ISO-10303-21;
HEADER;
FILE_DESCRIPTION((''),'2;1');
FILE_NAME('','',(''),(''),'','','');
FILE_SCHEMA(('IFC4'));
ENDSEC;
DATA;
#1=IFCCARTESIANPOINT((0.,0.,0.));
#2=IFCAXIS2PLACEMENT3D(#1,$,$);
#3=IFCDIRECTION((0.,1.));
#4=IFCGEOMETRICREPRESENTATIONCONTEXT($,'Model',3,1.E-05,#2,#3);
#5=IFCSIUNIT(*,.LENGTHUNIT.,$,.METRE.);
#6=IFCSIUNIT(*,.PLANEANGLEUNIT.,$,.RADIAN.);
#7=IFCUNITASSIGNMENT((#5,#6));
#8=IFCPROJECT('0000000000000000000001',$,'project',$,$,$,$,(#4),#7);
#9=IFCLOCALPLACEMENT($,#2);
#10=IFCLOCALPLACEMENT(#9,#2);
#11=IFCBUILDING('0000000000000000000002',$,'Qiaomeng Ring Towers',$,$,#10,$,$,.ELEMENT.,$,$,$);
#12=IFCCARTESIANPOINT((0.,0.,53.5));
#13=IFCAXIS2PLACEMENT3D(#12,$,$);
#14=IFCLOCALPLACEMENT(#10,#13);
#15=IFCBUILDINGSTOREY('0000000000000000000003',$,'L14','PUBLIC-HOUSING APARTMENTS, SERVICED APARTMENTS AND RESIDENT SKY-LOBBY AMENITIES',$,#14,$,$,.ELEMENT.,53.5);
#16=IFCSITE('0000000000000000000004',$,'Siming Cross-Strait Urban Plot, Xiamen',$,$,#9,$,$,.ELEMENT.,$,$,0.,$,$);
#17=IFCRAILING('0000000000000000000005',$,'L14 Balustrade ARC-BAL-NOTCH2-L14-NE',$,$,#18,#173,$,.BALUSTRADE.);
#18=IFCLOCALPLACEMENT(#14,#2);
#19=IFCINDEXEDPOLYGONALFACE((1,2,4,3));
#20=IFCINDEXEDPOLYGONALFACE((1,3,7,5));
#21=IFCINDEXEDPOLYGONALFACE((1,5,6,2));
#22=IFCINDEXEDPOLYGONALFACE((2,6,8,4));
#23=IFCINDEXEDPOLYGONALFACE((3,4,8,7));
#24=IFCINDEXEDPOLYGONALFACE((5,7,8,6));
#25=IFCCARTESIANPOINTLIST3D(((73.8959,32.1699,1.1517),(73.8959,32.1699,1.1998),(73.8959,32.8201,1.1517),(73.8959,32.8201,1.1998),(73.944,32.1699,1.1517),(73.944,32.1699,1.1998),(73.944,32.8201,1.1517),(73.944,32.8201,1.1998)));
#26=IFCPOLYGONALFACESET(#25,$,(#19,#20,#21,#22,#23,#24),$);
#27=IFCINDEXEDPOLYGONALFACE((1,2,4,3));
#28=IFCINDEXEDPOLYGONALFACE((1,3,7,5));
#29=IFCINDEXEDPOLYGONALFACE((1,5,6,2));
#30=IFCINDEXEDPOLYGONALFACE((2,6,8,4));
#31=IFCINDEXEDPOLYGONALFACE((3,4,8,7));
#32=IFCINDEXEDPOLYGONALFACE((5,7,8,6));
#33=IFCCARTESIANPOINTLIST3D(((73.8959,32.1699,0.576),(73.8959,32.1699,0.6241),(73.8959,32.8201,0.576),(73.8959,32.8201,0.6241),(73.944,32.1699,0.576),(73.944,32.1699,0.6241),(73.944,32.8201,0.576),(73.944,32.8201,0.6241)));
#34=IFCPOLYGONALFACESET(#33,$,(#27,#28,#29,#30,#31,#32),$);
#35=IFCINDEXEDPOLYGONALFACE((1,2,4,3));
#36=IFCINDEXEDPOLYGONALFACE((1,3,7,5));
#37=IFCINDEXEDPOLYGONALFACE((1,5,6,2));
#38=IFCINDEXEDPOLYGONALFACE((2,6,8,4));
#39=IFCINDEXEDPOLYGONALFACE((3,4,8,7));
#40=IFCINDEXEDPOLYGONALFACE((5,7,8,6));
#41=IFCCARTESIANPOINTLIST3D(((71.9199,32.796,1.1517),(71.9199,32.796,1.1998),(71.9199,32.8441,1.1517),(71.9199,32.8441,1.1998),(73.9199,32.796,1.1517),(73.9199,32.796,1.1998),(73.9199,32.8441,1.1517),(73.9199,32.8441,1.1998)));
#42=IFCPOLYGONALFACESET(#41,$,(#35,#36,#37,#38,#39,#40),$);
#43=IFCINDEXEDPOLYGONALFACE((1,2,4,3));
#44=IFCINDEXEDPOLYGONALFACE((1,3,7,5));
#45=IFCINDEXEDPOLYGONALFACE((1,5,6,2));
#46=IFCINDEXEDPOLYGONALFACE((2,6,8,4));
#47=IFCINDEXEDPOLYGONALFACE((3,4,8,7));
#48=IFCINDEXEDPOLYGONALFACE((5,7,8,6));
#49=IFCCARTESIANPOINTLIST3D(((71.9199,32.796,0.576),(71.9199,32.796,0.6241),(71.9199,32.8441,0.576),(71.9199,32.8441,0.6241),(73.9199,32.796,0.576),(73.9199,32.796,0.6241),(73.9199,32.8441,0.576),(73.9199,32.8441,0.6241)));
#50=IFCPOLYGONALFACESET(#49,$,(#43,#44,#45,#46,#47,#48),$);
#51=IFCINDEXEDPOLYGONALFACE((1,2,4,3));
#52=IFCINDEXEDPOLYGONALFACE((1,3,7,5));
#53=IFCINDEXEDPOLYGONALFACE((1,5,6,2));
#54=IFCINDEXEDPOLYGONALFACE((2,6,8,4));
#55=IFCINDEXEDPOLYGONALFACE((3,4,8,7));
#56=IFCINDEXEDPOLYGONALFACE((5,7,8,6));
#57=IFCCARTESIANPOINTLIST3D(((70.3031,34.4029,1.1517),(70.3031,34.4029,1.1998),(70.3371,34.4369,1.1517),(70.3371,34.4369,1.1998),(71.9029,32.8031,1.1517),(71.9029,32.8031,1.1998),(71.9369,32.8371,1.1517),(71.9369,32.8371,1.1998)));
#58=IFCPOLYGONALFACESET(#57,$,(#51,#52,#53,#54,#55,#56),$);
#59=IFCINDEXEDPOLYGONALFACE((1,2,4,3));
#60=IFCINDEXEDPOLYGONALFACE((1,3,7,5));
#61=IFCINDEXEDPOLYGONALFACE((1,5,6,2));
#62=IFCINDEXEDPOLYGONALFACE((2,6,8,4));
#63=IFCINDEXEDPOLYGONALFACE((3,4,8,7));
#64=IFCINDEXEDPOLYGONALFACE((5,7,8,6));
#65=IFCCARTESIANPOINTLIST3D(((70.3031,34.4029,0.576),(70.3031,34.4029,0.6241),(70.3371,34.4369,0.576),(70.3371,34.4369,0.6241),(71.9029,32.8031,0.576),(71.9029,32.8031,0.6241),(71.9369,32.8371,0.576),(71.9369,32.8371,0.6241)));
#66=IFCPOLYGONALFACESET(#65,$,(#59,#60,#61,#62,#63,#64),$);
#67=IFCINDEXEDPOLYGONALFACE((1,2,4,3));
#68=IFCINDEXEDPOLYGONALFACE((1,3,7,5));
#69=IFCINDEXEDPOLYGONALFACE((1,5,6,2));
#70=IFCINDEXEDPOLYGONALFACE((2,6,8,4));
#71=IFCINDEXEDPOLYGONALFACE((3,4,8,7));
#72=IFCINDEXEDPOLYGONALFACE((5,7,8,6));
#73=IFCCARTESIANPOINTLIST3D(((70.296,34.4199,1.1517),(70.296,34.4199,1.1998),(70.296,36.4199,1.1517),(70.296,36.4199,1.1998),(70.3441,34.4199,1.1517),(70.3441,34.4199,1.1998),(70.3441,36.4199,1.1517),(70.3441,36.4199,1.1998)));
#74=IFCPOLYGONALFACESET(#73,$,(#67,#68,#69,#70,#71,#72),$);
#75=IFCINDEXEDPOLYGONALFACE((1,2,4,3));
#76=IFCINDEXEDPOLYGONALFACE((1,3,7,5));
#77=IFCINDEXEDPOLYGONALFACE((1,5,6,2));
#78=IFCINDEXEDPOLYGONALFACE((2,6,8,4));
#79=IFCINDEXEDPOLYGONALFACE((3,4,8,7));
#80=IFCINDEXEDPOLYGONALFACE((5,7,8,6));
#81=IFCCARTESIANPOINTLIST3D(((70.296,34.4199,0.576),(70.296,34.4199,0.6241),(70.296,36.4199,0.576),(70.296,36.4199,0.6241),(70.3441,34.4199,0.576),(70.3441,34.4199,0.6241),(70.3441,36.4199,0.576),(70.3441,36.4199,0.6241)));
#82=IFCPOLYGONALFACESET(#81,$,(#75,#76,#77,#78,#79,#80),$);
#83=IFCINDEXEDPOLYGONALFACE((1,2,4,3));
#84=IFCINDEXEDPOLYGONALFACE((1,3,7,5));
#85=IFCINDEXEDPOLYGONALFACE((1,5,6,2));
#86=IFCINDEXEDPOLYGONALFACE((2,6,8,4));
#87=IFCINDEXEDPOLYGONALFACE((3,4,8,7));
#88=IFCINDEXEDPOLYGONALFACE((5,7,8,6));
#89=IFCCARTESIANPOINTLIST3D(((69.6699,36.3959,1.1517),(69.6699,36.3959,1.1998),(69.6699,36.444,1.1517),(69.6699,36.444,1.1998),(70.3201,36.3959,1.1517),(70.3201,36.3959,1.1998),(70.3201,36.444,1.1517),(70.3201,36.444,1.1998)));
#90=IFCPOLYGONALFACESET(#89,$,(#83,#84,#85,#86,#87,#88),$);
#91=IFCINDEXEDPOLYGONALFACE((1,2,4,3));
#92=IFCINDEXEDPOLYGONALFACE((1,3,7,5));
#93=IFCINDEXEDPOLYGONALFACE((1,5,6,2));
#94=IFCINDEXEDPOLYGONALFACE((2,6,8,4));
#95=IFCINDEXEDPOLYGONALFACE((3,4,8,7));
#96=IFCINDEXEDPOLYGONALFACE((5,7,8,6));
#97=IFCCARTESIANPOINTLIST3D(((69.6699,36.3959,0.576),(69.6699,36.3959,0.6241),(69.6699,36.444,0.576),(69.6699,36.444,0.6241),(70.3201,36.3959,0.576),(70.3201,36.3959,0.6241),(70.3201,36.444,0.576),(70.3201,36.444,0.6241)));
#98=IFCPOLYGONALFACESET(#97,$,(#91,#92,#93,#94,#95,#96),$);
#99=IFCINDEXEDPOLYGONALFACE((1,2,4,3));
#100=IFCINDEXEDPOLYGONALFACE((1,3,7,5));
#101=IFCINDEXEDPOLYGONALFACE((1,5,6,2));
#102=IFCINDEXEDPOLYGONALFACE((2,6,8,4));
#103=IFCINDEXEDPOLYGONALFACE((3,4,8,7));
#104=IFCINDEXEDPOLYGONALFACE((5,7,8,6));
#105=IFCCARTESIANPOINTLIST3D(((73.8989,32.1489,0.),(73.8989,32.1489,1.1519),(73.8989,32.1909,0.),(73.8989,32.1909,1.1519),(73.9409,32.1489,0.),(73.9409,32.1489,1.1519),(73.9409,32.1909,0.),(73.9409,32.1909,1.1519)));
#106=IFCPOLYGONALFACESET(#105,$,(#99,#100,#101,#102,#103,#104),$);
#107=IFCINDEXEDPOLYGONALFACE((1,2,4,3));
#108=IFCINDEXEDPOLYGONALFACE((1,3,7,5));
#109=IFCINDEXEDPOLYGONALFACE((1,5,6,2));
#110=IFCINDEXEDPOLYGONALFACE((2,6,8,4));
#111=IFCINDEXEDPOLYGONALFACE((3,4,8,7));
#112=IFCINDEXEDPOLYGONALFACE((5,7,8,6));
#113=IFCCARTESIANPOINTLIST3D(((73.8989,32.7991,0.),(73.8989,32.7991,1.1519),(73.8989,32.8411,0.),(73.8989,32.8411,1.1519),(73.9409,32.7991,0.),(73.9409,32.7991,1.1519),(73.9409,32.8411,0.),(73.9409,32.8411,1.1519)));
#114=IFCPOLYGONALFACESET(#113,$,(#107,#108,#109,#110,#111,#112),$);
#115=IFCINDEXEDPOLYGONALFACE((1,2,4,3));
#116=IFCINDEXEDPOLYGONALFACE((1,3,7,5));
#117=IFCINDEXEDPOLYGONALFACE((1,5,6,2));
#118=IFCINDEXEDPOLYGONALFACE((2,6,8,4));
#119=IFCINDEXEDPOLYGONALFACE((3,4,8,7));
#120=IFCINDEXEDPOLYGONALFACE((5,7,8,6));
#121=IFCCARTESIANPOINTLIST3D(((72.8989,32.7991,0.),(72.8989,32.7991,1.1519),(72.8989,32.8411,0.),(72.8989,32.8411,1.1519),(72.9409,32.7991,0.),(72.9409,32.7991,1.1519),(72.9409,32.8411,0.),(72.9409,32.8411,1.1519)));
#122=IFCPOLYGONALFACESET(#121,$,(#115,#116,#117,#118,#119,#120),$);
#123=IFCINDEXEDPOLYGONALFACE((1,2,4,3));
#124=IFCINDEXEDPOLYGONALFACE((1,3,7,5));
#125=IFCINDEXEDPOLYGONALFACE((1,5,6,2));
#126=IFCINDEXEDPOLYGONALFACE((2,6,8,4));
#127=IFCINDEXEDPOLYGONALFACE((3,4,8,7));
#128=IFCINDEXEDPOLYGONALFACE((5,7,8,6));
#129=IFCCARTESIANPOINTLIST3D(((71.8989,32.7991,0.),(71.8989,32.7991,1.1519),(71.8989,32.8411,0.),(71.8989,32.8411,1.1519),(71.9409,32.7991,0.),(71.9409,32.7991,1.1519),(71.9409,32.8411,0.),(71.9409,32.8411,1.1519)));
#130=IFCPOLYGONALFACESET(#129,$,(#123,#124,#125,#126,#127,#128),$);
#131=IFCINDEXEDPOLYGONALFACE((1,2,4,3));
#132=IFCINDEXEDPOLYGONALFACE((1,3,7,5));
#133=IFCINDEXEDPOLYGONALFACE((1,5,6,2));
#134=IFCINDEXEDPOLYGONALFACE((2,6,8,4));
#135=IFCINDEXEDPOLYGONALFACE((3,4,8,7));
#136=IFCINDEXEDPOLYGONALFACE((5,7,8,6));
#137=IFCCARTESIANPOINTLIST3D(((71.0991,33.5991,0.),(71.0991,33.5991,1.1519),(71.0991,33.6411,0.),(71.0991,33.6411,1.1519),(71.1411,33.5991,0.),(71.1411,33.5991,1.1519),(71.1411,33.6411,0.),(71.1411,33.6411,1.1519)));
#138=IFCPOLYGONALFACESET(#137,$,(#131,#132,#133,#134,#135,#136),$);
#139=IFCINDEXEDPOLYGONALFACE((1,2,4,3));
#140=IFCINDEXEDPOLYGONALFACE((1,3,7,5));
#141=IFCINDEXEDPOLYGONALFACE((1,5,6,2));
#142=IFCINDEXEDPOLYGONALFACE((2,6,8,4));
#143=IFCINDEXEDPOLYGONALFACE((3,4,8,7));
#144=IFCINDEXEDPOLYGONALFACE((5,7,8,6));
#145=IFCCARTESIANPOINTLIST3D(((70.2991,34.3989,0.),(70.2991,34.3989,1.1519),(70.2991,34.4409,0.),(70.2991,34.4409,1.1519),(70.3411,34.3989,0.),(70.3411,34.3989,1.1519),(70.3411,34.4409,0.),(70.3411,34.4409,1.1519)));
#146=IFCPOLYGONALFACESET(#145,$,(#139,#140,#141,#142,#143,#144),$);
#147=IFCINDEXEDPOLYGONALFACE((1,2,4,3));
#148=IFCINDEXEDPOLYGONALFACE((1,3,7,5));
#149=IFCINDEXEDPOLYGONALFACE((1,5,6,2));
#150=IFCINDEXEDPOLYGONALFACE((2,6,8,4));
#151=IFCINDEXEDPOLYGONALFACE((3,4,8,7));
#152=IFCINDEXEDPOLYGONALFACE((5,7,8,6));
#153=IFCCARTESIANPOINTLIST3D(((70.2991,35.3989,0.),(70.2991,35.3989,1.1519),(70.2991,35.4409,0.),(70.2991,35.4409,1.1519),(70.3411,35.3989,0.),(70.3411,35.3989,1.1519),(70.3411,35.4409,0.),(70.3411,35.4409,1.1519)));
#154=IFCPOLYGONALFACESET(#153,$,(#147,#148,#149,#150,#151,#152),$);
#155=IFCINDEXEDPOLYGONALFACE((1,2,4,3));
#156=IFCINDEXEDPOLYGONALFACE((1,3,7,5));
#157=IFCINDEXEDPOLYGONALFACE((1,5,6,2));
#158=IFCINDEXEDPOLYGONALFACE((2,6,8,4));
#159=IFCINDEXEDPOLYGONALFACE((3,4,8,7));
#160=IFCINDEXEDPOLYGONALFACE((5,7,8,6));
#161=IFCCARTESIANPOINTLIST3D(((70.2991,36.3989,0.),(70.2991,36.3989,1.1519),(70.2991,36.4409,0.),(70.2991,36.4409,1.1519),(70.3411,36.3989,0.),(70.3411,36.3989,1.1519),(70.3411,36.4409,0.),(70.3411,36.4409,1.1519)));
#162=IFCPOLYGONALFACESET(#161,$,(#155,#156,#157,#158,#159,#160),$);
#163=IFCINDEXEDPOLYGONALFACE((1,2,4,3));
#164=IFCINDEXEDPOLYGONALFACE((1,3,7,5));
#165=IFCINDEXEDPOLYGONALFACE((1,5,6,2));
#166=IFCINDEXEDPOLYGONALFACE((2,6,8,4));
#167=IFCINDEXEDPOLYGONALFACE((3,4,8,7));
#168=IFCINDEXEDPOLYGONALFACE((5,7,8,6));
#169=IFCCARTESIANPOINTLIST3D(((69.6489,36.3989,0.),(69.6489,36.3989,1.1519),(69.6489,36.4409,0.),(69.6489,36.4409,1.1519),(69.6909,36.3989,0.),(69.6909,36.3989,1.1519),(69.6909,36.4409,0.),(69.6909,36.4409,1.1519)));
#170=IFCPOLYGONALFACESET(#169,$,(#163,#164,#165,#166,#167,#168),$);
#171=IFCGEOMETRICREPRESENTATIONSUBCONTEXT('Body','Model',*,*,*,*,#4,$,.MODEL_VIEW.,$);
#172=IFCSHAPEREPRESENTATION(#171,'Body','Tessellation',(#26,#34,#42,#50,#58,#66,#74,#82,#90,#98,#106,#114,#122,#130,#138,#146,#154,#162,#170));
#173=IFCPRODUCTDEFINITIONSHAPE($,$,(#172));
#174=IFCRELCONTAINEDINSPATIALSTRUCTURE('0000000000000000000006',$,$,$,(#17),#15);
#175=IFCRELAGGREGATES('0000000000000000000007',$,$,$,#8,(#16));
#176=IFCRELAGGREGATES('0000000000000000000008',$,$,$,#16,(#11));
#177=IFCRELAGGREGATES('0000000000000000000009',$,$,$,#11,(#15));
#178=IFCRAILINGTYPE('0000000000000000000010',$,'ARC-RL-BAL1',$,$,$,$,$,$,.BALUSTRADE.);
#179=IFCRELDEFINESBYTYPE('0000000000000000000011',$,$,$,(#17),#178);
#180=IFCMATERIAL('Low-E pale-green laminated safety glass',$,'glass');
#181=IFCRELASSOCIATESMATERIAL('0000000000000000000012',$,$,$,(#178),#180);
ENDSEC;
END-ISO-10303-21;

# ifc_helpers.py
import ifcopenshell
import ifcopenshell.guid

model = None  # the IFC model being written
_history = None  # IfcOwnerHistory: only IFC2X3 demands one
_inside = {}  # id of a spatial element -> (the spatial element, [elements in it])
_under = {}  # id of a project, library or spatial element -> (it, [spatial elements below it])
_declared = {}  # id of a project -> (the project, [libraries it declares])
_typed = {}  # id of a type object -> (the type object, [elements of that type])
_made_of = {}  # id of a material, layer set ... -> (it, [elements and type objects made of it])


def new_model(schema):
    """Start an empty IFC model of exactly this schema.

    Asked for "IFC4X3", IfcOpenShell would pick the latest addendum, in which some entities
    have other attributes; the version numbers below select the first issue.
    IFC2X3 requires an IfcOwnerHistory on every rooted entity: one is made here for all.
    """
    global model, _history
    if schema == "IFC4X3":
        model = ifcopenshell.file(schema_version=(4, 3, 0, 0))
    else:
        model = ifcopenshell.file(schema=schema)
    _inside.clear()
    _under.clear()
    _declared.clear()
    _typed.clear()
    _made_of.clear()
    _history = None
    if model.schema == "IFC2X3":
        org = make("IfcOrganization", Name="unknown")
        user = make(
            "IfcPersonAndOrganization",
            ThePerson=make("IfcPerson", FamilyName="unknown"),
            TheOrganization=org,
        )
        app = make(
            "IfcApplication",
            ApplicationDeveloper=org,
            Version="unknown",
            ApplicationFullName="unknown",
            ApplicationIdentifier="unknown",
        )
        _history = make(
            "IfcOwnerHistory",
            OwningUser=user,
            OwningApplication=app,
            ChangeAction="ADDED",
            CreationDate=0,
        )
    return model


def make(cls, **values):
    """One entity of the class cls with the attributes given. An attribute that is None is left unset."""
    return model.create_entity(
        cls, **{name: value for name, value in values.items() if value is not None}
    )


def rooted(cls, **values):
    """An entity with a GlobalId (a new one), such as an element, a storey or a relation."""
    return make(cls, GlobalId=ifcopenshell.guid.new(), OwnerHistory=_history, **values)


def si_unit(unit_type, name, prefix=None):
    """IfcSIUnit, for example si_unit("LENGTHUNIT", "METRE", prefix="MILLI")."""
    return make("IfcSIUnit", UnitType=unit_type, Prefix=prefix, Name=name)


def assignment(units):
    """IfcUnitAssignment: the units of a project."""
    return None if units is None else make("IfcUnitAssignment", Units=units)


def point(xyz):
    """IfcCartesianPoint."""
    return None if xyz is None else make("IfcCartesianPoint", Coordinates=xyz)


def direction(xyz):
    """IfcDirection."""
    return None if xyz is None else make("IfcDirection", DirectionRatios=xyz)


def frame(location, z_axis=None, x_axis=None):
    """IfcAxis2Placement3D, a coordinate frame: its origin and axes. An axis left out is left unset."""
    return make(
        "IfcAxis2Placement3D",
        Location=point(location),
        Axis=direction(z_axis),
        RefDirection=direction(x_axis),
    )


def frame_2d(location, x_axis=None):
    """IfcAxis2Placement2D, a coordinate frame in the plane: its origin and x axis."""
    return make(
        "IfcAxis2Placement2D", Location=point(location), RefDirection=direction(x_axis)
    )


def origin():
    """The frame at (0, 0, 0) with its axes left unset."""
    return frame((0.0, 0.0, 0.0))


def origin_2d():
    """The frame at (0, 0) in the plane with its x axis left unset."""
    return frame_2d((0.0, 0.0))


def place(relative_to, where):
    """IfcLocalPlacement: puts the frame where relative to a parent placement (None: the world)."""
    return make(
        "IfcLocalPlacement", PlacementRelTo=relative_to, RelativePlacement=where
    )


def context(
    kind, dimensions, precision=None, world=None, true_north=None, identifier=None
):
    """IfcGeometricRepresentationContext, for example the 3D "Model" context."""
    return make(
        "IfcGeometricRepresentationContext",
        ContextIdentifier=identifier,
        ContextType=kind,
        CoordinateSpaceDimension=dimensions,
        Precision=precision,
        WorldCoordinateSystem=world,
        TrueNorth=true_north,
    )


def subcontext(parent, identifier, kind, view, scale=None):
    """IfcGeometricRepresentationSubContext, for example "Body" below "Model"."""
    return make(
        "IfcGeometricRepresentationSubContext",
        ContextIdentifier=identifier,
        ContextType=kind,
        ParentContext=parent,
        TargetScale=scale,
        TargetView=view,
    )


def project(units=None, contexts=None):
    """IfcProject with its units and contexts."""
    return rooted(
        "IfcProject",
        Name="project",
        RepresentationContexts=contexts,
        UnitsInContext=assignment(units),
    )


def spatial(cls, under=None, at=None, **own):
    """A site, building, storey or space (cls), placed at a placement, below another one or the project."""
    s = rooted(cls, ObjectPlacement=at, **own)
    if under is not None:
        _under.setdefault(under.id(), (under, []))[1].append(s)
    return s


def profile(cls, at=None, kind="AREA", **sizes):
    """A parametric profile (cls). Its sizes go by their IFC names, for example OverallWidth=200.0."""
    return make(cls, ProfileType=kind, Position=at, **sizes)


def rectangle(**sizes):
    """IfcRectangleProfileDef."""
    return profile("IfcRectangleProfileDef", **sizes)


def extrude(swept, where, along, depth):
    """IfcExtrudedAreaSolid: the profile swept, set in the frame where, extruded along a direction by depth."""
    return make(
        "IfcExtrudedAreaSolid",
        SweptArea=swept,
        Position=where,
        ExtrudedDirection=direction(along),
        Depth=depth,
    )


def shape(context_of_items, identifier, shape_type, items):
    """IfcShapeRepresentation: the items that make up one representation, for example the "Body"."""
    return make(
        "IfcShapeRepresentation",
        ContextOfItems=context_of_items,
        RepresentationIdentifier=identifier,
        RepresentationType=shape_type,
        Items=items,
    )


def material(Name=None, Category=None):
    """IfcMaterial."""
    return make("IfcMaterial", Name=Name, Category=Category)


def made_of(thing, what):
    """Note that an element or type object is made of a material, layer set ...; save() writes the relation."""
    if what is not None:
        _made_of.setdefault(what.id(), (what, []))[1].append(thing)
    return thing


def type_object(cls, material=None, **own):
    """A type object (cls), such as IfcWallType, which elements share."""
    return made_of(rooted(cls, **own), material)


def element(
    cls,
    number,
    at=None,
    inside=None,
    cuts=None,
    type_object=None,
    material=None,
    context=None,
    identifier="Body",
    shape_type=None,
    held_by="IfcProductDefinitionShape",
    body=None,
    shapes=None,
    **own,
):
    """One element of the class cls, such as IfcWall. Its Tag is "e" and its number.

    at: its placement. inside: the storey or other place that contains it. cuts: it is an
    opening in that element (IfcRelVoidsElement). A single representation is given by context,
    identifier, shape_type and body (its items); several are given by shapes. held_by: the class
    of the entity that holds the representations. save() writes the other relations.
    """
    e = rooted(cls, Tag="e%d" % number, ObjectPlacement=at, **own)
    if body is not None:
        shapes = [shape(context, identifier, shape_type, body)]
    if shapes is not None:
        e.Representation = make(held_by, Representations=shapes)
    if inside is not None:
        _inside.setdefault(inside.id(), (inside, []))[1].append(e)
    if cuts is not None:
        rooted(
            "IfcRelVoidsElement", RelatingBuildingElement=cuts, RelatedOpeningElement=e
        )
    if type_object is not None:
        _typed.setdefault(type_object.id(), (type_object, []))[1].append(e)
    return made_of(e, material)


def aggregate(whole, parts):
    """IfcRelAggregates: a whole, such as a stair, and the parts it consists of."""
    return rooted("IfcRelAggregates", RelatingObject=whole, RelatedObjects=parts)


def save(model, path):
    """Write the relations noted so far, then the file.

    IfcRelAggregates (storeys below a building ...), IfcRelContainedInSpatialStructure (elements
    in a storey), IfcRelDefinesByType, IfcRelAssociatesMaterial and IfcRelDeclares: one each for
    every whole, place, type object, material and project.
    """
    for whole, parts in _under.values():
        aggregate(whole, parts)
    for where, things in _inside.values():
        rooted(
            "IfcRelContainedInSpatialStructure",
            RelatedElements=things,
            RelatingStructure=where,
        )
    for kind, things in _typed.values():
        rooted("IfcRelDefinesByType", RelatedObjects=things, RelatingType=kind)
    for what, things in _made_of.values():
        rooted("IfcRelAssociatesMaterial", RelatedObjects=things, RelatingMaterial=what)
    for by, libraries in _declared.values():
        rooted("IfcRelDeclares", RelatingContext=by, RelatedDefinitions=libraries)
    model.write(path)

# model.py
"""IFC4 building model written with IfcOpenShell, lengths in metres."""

from ifc_helpers import new_model, si_unit, direction, frame, origin, origin_2d, place, context, subcontext, project, spatial, rectangle, extrude, material, type_object, element, save


model = new_model("IFC4")

# Units and contexts
model_context = context("Model", 3, precision=1e-05, world=origin(), true_north=direction((0.0, 1.0)))
body_context = subcontext(model_context, "Body", "Model", "MODEL_VIEW")
ifc_project = project(units=[si_unit("LENGTHUNIT", "METRE"), si_unit("PLANEANGLEUNIT", "RADIAN")], contexts=[model_context])

# Site, building, storey
site_placement = place(None, origin())
site = spatial("IfcSite", under=ifc_project, at=site_placement, Name="Siming Cross-Strait Urban Plot, Xiamen", CompositionType="ELEMENT", RefElevation=0.0)
building_placement = place(site_placement, origin())
building = spatial("IfcBuilding", under=site, at=building_placement, Name="Qiaomeng Ring Towers", CompositionType="ELEMENT")
storey_placement = place(building_placement, frame((0.0, 0.0, 53.5)))
storey = spatial("IfcBuildingStorey", under=building, at=storey_placement, Name="L14", Description="PUBLIC-HOUSING APARTMENTS, SERVICED APARTMENTS AND RESIDENT SKY-LOBBY AMENITIES", CompositionType="ELEMENT", Elevation=53.5)

# Railing
ifc_material_1 = material(Name="Low-E pale-green laminated safety glass", Category="glass")
railing_type = type_object("IfcRailingType", Name="ARC-RL-BAL1", PredefinedType="BALUSTRADE", material=ifc_material_1)
railing_1_placement = place(storey_placement, frame((73.9199, 32.1699, 0.0)))
element("IfcRailing", 1, at=railing_1_placement, inside=storey, type_object=railing_type, Name="L14 Balustrade ARC-BAL-NOTCH2-L14-NE", PredefinedType="BALUSTRADE", context=body_context, shape_type="SweptSolid", body=[
    extrude(rectangle(XDim=0.0481, YDim=0.0481, at=origin_2d()), frame((0.0, 0.0, 1.1758), z_axis=(0.0, 1.0, 0.0), x_axis=(-1.0, 0.0, 0.0)), (0.0, 0.0, 1.0), 0.6501),
    extrude(rectangle(XDim=0.0481, YDim=0.0481, at=origin_2d()), frame((0.0, 0.0, 0.6001), z_axis=(0.0, 1.0, 0.0), x_axis=(-1.0, 0.0, 0.0)), (0.0, 0.0, 1.0), 0.6501),
    extrude(rectangle(XDim=0.0481, YDim=0.0481, at=origin_2d()), frame((0.0, 0.6501, 1.1758), z_axis=(-1.0, 0.0, 0.0), x_axis=(0.0, -1.0, 0.0)), (0.0, 0.0, 1.0), 2.0),
    extrude(rectangle(XDim=0.0481, YDim=0.0481, at=origin_2d()), frame((0.0, 0.6501, 0.6001), z_axis=(-1.0, 0.0, 0.0), x_axis=(0.0, -1.0, 0.0)), (0.0, 0.0, 1.0), 2.0),
    extrude(rectangle(XDim=0.0481, YDim=0.0481, at=origin_2d()), frame((-2.0, 0.6501, 1.1758), z_axis=(-0.707107, 0.707107, 0.0), x_axis=(-0.707107, -0.707107, 0.0)), (0.0, 0.0, 1.0), 2.2625),
    extrude(rectangle(XDim=0.0481, YDim=0.0481, at=origin_2d()), frame((-2.0, 0.6501, 0.6001), z_axis=(-0.707107, 0.707107, 0.0), x_axis=(-0.707107, -0.707107, 0.0)), (0.0, 0.0, 1.0), 2.2625),
    extrude(rectangle(XDim=0.0481, YDim=0.0481, at=origin_2d()), frame((-3.5999, 2.25, 1.1758), z_axis=(0.0, 1.0, 0.0), x_axis=(-1.0, 0.0, 0.0)), (0.0, 0.0, 1.0), 2.0),
    extrude(rectangle(XDim=0.0481, YDim=0.0481, at=origin_2d()), frame((-3.5999, 2.25, 0.6001), z_axis=(0.0, 1.0, 0.0), x_axis=(-1.0, 0.0, 0.0)), (0.0, 0.0, 1.0), 2.0),
    extrude(rectangle(XDim=0.0481, YDim=0.0481, at=origin_2d()), frame((-3.5999, 4.25, 1.1758), z_axis=(-1.0, 0.0, 0.0), x_axis=(0.0, -1.0, 0.0)), (0.0, 0.0, 1.0), 0.6501),
    extrude(rectangle(XDim=0.0481, YDim=0.0481, at=origin_2d()), frame((-3.5999, 4.25, 0.6001), z_axis=(-1.0, 0.0, 0.0), x_axis=(0.0, -1.0, 0.0)), (0.0, 0.0, 1.0), 0.6501),
    extrude(rectangle(XDim=0.042, YDim=0.042, at=origin_2d()), origin(), (0.0, 0.0, 1.0), 1.1519),
    extrude(rectangle(XDim=0.042, YDim=0.042, at=origin_2d()), frame((0.0, 0.6501, 0.0)), (0.0, 0.0, 1.0), 1.1519),
    extrude(rectangle(XDim=0.042, YDim=0.042, at=origin_2d()), frame((-1.0, 0.6501, 0.0)), (0.0, 0.0, 1.0), 1.1519),
    extrude(rectangle(XDim=0.042, YDim=0.042, at=origin_2d()), frame((-2.0, 0.6501, 0.0)), (0.0, 0.0, 1.0), 1.1519),
    extrude(rectangle(XDim=0.042, YDim=0.042, at=origin_2d()), frame((-2.7998, 1.4502, 0.0)), (0.0, 0.0, 1.0), 1.1519),
    extrude(rectangle(XDim=0.042, YDim=0.042, at=origin_2d()), frame((-3.5999, 2.25, 0.0)), (0.0, 0.0, 1.0), 1.1519),
    extrude(rectangle(XDim=0.042, YDim=0.042, at=origin_2d()), frame((-3.5999, 3.25, 0.0)), (0.0, 0.0, 1.0), 1.1519),
    extrude(rectangle(XDim=0.042, YDim=0.042, at=origin_2d()), frame((-3.5999, 4.25, 0.0)), (0.0, 0.0, 1.0), 1.1519),
    extrude(rectangle(XDim=0.042, YDim=0.042, at=origin_2d()), frame((-4.25, 4.25, 0.0)), (0.0, 0.0, 1.0), 1.1519),
])

save(model, "model.ifc")
